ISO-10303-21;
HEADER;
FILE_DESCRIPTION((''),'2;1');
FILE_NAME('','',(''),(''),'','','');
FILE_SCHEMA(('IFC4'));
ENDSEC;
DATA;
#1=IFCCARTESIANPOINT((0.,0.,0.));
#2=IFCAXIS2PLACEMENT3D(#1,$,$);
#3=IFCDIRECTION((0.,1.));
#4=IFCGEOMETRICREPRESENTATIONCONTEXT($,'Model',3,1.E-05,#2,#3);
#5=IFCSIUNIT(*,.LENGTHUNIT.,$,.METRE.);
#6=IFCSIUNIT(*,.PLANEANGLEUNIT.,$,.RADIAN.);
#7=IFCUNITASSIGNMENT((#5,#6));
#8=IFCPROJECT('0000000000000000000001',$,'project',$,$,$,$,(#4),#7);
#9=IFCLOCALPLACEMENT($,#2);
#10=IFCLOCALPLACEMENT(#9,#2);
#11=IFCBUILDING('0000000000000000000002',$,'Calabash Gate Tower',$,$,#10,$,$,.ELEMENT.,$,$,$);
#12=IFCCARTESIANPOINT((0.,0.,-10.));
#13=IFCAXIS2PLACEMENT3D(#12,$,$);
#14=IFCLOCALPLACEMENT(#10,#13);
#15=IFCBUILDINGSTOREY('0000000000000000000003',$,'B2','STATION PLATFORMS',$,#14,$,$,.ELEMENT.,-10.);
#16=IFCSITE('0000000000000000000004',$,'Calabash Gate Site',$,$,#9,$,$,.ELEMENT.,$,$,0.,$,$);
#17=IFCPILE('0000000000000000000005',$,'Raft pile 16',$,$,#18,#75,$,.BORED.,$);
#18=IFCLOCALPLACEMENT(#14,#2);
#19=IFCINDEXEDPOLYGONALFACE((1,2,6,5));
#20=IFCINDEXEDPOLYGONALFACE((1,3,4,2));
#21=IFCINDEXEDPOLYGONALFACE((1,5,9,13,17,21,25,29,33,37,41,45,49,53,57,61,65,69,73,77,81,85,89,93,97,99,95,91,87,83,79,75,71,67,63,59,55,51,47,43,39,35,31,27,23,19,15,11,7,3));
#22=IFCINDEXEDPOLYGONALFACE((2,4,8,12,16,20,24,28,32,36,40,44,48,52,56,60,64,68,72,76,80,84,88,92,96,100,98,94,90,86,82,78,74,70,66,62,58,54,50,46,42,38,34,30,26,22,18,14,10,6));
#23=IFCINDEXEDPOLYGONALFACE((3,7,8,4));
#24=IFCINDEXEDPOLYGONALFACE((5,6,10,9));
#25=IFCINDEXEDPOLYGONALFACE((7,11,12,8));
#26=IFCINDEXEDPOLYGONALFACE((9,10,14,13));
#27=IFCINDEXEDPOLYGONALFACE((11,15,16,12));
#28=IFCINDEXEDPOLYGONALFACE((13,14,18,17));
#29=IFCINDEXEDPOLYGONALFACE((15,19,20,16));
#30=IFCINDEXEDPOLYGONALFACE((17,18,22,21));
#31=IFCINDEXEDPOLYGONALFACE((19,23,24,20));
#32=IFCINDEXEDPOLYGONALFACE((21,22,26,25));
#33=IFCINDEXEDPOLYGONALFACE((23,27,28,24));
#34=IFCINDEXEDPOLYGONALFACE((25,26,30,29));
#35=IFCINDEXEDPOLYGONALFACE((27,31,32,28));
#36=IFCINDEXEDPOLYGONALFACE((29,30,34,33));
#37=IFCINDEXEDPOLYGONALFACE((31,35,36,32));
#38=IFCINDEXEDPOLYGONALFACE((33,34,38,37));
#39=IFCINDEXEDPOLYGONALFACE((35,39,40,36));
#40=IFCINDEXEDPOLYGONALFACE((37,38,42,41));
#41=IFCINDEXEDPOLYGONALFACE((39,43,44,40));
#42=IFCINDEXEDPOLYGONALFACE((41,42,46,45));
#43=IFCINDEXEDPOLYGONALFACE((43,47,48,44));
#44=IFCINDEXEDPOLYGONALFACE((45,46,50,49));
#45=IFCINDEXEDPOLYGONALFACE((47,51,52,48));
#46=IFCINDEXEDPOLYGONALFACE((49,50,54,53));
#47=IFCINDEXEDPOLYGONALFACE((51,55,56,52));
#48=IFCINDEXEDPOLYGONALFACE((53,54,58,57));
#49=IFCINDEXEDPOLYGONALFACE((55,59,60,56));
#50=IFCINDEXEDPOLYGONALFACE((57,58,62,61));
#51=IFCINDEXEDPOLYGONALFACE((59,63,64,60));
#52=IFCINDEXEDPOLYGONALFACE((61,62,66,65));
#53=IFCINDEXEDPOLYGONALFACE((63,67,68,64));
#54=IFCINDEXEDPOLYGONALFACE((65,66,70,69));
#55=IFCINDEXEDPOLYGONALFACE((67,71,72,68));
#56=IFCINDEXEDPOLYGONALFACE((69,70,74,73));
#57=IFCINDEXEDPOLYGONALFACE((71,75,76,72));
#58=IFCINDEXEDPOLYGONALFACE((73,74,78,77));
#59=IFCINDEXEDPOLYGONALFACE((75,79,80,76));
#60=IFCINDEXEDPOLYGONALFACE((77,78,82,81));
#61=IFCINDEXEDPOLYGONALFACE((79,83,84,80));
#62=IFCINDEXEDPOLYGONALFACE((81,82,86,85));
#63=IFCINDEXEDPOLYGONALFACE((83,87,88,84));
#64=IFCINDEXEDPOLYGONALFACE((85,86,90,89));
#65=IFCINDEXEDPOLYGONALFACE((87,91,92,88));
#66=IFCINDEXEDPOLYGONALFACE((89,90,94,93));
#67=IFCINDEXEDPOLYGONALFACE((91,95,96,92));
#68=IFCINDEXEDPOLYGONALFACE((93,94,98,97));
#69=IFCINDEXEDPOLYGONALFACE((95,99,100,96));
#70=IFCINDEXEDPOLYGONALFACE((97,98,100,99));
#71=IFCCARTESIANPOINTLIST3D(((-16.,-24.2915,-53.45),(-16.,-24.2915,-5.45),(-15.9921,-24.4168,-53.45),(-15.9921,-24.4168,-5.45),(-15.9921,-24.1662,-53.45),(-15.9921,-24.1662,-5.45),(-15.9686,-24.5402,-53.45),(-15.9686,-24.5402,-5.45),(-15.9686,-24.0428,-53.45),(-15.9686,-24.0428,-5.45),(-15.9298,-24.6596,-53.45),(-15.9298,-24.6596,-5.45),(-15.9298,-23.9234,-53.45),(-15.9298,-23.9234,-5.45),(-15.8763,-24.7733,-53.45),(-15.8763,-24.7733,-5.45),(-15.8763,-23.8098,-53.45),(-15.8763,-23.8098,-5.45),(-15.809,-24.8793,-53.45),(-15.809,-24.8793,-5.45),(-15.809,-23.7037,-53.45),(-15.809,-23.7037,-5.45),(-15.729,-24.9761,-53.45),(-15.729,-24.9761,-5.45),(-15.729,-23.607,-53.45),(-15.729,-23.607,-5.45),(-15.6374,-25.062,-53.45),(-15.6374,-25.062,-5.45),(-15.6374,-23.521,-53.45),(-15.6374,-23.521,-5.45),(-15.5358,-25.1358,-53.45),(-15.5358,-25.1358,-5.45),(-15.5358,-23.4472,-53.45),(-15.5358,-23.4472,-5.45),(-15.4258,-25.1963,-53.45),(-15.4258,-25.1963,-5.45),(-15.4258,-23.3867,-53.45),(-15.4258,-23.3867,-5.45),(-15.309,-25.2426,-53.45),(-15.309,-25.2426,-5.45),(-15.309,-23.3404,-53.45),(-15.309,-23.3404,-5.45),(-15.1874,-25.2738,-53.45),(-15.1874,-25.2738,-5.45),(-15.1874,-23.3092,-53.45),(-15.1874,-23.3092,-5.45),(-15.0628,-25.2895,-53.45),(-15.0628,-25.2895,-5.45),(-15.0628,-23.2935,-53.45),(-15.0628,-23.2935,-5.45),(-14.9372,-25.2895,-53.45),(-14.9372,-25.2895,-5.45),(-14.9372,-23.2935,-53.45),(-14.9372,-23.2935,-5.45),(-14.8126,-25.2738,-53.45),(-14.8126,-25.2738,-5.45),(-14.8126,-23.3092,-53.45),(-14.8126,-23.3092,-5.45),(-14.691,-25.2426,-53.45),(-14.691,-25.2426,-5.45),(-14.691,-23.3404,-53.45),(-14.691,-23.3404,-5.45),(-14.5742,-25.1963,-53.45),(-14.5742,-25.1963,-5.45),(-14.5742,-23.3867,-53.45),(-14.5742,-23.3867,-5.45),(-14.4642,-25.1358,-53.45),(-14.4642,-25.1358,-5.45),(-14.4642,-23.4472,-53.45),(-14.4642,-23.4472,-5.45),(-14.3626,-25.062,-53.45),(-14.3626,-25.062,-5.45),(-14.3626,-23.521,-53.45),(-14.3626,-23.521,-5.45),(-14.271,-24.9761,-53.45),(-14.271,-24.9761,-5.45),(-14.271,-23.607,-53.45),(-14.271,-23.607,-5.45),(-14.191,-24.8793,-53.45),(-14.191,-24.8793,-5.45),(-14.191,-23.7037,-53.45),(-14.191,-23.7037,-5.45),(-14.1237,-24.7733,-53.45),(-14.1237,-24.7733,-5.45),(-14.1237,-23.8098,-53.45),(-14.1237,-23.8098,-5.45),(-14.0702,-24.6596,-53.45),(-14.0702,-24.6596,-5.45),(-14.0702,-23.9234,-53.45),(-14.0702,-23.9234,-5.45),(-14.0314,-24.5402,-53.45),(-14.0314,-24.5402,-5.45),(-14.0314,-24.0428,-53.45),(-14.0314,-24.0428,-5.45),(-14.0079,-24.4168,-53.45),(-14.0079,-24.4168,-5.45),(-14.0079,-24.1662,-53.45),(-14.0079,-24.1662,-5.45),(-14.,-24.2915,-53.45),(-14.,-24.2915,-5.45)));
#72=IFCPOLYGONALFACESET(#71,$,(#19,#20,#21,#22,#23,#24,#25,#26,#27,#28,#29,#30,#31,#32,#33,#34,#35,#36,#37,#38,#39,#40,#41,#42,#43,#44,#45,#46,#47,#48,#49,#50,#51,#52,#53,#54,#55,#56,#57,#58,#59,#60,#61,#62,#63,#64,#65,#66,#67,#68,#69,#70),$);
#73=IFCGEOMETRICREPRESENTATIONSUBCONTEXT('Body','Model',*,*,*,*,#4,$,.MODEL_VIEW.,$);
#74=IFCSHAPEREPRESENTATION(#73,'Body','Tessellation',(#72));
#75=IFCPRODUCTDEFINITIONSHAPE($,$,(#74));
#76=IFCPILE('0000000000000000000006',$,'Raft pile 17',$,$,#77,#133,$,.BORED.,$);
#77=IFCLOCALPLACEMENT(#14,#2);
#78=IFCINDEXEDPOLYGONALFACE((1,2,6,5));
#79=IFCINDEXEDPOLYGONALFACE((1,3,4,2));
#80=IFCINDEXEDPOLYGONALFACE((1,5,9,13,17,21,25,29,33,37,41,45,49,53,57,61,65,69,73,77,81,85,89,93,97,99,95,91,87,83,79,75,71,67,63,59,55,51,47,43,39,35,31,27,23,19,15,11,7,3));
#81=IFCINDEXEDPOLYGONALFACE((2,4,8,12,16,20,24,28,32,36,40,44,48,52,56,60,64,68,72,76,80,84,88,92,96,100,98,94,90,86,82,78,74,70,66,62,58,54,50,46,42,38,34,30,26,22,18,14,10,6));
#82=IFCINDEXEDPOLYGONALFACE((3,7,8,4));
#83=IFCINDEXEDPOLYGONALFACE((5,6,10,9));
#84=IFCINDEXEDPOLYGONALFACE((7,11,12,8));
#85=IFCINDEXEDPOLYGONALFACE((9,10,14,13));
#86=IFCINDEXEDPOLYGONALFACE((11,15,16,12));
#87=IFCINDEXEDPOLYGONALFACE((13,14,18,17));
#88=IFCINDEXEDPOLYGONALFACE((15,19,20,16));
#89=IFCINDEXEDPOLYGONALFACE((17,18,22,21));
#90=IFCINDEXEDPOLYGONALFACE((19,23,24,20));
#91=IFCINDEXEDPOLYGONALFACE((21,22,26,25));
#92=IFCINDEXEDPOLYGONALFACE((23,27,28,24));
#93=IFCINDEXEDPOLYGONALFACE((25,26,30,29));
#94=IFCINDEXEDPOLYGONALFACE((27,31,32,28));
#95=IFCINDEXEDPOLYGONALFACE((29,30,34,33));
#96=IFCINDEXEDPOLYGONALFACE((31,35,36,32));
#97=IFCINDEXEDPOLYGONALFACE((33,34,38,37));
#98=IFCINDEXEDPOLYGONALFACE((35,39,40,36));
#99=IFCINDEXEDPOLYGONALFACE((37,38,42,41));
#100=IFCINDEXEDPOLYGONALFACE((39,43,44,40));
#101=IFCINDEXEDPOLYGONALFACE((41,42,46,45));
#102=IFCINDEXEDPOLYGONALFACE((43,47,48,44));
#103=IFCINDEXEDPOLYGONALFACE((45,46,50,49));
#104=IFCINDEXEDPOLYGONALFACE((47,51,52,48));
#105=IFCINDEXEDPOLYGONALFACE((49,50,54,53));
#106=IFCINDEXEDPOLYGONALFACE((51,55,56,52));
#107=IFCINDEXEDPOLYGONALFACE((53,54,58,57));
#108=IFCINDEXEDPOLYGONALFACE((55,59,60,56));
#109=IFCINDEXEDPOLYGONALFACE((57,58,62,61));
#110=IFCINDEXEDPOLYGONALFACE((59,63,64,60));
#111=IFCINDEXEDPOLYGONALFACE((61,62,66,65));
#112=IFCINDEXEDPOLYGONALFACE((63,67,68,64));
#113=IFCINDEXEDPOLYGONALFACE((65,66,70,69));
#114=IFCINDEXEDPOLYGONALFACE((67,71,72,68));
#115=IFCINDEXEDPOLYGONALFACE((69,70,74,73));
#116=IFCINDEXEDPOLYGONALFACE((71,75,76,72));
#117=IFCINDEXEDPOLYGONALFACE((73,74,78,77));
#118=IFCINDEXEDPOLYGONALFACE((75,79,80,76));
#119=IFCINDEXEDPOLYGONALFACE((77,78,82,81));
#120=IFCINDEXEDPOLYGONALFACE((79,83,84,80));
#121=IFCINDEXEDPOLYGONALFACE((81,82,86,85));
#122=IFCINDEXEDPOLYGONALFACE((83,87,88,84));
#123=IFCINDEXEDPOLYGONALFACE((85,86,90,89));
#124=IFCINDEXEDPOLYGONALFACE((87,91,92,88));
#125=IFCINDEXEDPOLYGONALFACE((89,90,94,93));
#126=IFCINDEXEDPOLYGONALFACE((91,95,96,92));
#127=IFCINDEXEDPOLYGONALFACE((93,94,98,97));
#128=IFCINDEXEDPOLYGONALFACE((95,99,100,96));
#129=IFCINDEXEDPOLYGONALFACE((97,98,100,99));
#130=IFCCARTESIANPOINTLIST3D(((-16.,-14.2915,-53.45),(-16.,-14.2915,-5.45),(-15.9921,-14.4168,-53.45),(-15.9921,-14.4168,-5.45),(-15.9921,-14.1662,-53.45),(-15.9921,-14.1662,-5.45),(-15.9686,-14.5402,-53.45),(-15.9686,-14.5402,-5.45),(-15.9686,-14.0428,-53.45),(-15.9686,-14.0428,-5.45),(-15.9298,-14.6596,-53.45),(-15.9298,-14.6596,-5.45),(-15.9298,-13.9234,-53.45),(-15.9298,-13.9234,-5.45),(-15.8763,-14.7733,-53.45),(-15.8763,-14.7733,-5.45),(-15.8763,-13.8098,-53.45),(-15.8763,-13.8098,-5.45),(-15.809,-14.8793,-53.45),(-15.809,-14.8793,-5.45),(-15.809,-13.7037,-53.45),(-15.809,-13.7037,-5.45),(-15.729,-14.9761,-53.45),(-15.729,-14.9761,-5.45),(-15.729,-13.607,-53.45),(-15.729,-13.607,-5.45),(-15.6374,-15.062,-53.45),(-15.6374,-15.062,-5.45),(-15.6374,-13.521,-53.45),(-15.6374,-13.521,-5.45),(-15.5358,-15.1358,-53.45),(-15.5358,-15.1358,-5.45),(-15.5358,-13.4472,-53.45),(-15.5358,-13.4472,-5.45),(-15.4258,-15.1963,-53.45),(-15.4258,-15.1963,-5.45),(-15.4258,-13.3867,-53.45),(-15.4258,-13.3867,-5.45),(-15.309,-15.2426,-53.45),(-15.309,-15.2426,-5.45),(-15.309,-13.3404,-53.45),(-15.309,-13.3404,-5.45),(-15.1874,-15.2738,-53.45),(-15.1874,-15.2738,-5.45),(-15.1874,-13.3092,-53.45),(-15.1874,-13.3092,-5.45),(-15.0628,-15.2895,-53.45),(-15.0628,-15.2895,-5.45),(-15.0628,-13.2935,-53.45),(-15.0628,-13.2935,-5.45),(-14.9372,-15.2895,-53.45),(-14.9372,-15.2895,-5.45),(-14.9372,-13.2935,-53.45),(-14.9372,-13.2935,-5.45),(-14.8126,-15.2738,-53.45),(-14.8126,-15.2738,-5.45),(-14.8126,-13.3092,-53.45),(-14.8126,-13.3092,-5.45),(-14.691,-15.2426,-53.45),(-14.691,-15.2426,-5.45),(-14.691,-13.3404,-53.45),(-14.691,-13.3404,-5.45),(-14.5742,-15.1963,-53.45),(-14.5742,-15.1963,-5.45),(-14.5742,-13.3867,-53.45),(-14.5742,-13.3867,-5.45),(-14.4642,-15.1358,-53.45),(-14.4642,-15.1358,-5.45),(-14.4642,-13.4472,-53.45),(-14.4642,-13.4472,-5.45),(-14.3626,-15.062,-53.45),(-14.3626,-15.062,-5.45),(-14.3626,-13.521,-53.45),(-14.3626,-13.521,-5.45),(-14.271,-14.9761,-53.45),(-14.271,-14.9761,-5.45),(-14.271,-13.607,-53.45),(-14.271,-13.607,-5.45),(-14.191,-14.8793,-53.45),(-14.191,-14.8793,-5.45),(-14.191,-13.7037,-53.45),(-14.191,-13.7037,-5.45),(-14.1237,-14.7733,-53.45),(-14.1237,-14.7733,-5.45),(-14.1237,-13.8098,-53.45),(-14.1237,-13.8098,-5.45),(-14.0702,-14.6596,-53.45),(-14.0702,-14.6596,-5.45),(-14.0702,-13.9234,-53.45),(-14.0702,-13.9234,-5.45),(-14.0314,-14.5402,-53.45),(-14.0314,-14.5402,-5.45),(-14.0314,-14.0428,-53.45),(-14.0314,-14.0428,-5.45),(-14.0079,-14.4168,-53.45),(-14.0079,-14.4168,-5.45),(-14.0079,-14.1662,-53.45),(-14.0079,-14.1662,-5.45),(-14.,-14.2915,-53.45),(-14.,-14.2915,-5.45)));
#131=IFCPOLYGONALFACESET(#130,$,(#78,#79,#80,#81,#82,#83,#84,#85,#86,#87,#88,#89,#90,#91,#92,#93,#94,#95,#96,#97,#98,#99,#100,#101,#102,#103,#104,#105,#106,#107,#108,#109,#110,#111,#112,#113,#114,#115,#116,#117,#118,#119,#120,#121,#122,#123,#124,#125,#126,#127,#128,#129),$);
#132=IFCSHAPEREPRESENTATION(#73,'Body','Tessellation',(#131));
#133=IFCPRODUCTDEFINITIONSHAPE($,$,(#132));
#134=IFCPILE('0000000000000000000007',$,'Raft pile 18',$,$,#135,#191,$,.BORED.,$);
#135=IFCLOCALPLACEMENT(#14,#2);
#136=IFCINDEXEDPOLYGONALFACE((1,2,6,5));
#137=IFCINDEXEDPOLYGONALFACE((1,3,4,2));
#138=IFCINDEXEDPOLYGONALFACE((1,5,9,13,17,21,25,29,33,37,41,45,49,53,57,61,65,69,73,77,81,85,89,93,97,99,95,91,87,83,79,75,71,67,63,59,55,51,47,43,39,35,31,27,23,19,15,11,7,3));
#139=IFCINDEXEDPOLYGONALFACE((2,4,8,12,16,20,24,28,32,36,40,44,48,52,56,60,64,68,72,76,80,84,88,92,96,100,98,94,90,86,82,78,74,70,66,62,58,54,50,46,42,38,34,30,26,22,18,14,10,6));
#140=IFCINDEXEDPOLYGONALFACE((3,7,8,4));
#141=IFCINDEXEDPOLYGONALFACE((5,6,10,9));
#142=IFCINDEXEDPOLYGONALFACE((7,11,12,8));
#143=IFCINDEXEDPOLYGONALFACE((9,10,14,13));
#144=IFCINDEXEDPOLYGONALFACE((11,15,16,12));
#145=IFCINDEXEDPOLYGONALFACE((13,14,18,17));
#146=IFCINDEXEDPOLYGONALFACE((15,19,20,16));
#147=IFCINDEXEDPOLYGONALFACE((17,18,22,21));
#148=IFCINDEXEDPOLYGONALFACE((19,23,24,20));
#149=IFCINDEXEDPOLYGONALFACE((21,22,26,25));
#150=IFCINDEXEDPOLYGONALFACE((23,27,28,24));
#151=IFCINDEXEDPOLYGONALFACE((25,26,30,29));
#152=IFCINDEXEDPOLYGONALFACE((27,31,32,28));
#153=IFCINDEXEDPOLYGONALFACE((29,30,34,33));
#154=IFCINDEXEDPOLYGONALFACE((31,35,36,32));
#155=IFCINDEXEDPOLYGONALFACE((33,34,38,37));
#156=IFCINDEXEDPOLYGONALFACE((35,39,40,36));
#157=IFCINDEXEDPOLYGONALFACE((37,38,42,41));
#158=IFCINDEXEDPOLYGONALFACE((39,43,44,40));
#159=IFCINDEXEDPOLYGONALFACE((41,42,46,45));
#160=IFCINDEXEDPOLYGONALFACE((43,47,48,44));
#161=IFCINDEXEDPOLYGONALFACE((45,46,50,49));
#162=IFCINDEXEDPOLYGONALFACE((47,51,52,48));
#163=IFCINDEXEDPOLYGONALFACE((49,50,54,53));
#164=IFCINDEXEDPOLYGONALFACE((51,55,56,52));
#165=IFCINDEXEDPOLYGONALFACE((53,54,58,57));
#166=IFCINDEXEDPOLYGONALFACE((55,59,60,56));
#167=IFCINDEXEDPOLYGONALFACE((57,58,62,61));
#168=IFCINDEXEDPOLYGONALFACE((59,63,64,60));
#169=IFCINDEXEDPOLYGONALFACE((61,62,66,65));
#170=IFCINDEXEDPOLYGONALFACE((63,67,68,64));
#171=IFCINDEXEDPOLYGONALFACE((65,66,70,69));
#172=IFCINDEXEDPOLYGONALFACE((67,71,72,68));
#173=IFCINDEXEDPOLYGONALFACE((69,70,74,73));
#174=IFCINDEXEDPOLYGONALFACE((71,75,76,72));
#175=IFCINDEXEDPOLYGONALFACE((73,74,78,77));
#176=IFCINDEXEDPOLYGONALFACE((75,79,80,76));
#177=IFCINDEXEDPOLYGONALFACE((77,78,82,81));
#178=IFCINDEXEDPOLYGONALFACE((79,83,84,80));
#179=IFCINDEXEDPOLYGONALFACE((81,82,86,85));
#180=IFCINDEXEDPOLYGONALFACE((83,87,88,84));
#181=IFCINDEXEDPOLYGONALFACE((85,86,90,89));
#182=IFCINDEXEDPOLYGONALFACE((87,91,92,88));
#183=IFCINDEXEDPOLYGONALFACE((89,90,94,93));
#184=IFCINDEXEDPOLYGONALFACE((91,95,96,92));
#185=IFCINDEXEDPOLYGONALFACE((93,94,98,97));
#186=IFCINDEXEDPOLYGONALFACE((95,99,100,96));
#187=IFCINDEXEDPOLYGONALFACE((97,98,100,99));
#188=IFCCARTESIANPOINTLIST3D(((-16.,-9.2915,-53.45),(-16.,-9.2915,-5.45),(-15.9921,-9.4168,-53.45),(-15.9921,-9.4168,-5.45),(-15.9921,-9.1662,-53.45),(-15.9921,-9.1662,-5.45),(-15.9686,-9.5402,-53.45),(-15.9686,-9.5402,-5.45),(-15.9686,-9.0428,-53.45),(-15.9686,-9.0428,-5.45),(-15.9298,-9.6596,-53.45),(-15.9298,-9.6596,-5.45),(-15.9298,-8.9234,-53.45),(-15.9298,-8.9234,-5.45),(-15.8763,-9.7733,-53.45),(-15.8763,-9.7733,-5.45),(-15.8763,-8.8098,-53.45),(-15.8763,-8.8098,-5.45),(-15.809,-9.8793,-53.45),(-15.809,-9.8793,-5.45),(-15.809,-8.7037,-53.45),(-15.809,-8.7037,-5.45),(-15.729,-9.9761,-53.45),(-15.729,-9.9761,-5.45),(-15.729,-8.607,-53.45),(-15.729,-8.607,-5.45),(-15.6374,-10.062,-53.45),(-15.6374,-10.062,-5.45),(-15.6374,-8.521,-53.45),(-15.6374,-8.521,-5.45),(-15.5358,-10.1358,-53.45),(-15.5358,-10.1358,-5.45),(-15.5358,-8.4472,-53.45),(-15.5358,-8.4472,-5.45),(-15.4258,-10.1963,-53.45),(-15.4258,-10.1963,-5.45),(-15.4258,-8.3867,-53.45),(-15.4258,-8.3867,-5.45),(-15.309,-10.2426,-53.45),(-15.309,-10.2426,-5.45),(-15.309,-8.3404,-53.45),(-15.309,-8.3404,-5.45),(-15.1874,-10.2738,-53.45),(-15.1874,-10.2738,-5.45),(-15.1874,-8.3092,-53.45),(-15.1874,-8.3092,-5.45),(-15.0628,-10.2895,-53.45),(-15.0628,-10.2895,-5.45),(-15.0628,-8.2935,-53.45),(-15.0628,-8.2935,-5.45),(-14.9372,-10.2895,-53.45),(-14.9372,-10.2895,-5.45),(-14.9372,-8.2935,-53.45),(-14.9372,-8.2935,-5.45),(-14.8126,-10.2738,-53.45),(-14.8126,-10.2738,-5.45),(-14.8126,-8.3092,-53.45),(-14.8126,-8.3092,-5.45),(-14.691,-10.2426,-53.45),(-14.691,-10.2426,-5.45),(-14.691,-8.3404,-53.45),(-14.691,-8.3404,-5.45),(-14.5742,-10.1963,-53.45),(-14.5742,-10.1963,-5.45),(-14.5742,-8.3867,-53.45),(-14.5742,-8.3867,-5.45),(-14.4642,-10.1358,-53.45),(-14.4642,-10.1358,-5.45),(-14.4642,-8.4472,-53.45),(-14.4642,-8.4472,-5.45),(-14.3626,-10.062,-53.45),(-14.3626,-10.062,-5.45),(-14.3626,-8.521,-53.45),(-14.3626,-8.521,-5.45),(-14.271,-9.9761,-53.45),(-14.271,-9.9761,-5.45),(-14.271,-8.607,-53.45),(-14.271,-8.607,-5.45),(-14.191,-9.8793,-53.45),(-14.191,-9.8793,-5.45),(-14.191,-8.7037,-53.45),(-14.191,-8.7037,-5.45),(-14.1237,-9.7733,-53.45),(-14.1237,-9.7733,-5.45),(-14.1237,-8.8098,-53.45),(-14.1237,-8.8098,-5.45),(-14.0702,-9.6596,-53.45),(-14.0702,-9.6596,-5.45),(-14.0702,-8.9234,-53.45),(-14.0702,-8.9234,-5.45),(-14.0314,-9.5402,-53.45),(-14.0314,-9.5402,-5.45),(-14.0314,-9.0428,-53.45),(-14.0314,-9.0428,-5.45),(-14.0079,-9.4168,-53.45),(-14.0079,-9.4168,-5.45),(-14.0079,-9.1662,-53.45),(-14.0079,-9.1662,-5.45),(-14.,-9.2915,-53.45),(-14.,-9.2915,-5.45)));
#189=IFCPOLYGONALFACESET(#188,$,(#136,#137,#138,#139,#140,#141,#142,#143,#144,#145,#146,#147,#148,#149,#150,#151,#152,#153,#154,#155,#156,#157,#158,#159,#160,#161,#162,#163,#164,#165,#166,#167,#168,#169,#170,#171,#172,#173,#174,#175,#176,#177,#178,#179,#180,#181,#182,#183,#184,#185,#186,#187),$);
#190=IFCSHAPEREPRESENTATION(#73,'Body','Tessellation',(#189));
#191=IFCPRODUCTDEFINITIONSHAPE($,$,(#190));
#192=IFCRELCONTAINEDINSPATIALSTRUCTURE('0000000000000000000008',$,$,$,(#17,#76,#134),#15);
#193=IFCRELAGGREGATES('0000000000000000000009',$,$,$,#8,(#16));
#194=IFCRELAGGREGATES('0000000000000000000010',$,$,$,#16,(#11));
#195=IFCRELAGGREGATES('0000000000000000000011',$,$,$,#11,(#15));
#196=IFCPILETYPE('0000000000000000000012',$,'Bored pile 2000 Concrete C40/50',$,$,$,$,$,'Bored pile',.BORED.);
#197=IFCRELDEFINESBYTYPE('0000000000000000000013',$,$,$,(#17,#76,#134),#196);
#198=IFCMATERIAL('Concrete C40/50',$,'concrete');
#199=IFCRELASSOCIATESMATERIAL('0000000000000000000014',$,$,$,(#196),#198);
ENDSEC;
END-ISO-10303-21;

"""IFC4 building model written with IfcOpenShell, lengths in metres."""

from ifc_helpers import new_model, si_unit, direction, frame, origin, origin_2d, place, context, subcontext, project, spatial, circle, extrude, material, material_profile, profile_set, type_object, element, save


model = new_model("IFC4")

# Units and contexts
model_context = context("Model", 3, precision=1e-05, world=origin(), true_north=direction((0.0, 1.0)))
body_context = subcontext(model_context, "Body", "Model", "MODEL_VIEW")
ifc_project = project(units=[si_unit("LENGTHUNIT", "METRE"), si_unit("PLANEANGLEUNIT", "RADIAN")], contexts=[model_context])

# Site, building, storey
site_placement = place(None, origin())
site = spatial("IfcSite", under=ifc_project, at=site_placement, Name="Calabash Gate Site", CompositionType="ELEMENT", RefElevation=0.0)
building_placement = place(site_placement, origin())
building = spatial("IfcBuilding", under=site, at=building_placement, Name="Calabash Gate Tower", CompositionType="ELEMENT")
storey_placement = place(building_placement, frame((0.0, 0.0, -10.0)))
storey = spatial("IfcBuildingStorey", under=building, at=storey_placement, Name="B2", Description="STATION PLATFORMS", CompositionType="ELEMENT", Elevation=-10.0)

# Piles
ifc_material_1 = material(Name="Concrete C40/50", Category="concrete")
ifc_material_profile_1 = material_profile(ifc_material_1, circle(Radius=1.0, at=origin_2d()))
ifc_profile_set_1 = profile_set([ifc_material_profile_1], Name="Concrete C40/50")
pile_type_1 = type_object("IfcPileType", Name="Bored pile 2000 Concrete C40/50", ElementType="Bored pile", PredefinedType="BORED", material=ifc_profile_set_1)
for number, where, z_axis, x_axis, name in (
    (1, (-15.0, -24.2915, -5.45), (0.0, 0.0, -1.0), (1.0, 0.0, 0.0), "Raft pile 16"),
    (2, (-15.0, -14.2915, -5.45), (0.0, 0.0, -1.0), (1.0, 0.0, 0.0), "Raft pile 17"),
    (3, (-15.0, -9.2915, -5.45), (0.0, 0.0, -1.0), (1.0, 0.0, 0.0), "Raft pile 18"),
):
    element("IfcPile", number, at=place(storey_placement, frame(where, z_axis=z_axis, x_axis=x_axis)), inside=storey, type_object=pile_type_1, Name=name, PredefinedType="BORED", context=body_context, shape_type="SweptSolid", body=[
        extrude(circle(Radius=1.0, at=origin_2d()), origin(), (0.0, 0.0, 1.0), 48.0),
    ])

save(model, "model.ifc")
